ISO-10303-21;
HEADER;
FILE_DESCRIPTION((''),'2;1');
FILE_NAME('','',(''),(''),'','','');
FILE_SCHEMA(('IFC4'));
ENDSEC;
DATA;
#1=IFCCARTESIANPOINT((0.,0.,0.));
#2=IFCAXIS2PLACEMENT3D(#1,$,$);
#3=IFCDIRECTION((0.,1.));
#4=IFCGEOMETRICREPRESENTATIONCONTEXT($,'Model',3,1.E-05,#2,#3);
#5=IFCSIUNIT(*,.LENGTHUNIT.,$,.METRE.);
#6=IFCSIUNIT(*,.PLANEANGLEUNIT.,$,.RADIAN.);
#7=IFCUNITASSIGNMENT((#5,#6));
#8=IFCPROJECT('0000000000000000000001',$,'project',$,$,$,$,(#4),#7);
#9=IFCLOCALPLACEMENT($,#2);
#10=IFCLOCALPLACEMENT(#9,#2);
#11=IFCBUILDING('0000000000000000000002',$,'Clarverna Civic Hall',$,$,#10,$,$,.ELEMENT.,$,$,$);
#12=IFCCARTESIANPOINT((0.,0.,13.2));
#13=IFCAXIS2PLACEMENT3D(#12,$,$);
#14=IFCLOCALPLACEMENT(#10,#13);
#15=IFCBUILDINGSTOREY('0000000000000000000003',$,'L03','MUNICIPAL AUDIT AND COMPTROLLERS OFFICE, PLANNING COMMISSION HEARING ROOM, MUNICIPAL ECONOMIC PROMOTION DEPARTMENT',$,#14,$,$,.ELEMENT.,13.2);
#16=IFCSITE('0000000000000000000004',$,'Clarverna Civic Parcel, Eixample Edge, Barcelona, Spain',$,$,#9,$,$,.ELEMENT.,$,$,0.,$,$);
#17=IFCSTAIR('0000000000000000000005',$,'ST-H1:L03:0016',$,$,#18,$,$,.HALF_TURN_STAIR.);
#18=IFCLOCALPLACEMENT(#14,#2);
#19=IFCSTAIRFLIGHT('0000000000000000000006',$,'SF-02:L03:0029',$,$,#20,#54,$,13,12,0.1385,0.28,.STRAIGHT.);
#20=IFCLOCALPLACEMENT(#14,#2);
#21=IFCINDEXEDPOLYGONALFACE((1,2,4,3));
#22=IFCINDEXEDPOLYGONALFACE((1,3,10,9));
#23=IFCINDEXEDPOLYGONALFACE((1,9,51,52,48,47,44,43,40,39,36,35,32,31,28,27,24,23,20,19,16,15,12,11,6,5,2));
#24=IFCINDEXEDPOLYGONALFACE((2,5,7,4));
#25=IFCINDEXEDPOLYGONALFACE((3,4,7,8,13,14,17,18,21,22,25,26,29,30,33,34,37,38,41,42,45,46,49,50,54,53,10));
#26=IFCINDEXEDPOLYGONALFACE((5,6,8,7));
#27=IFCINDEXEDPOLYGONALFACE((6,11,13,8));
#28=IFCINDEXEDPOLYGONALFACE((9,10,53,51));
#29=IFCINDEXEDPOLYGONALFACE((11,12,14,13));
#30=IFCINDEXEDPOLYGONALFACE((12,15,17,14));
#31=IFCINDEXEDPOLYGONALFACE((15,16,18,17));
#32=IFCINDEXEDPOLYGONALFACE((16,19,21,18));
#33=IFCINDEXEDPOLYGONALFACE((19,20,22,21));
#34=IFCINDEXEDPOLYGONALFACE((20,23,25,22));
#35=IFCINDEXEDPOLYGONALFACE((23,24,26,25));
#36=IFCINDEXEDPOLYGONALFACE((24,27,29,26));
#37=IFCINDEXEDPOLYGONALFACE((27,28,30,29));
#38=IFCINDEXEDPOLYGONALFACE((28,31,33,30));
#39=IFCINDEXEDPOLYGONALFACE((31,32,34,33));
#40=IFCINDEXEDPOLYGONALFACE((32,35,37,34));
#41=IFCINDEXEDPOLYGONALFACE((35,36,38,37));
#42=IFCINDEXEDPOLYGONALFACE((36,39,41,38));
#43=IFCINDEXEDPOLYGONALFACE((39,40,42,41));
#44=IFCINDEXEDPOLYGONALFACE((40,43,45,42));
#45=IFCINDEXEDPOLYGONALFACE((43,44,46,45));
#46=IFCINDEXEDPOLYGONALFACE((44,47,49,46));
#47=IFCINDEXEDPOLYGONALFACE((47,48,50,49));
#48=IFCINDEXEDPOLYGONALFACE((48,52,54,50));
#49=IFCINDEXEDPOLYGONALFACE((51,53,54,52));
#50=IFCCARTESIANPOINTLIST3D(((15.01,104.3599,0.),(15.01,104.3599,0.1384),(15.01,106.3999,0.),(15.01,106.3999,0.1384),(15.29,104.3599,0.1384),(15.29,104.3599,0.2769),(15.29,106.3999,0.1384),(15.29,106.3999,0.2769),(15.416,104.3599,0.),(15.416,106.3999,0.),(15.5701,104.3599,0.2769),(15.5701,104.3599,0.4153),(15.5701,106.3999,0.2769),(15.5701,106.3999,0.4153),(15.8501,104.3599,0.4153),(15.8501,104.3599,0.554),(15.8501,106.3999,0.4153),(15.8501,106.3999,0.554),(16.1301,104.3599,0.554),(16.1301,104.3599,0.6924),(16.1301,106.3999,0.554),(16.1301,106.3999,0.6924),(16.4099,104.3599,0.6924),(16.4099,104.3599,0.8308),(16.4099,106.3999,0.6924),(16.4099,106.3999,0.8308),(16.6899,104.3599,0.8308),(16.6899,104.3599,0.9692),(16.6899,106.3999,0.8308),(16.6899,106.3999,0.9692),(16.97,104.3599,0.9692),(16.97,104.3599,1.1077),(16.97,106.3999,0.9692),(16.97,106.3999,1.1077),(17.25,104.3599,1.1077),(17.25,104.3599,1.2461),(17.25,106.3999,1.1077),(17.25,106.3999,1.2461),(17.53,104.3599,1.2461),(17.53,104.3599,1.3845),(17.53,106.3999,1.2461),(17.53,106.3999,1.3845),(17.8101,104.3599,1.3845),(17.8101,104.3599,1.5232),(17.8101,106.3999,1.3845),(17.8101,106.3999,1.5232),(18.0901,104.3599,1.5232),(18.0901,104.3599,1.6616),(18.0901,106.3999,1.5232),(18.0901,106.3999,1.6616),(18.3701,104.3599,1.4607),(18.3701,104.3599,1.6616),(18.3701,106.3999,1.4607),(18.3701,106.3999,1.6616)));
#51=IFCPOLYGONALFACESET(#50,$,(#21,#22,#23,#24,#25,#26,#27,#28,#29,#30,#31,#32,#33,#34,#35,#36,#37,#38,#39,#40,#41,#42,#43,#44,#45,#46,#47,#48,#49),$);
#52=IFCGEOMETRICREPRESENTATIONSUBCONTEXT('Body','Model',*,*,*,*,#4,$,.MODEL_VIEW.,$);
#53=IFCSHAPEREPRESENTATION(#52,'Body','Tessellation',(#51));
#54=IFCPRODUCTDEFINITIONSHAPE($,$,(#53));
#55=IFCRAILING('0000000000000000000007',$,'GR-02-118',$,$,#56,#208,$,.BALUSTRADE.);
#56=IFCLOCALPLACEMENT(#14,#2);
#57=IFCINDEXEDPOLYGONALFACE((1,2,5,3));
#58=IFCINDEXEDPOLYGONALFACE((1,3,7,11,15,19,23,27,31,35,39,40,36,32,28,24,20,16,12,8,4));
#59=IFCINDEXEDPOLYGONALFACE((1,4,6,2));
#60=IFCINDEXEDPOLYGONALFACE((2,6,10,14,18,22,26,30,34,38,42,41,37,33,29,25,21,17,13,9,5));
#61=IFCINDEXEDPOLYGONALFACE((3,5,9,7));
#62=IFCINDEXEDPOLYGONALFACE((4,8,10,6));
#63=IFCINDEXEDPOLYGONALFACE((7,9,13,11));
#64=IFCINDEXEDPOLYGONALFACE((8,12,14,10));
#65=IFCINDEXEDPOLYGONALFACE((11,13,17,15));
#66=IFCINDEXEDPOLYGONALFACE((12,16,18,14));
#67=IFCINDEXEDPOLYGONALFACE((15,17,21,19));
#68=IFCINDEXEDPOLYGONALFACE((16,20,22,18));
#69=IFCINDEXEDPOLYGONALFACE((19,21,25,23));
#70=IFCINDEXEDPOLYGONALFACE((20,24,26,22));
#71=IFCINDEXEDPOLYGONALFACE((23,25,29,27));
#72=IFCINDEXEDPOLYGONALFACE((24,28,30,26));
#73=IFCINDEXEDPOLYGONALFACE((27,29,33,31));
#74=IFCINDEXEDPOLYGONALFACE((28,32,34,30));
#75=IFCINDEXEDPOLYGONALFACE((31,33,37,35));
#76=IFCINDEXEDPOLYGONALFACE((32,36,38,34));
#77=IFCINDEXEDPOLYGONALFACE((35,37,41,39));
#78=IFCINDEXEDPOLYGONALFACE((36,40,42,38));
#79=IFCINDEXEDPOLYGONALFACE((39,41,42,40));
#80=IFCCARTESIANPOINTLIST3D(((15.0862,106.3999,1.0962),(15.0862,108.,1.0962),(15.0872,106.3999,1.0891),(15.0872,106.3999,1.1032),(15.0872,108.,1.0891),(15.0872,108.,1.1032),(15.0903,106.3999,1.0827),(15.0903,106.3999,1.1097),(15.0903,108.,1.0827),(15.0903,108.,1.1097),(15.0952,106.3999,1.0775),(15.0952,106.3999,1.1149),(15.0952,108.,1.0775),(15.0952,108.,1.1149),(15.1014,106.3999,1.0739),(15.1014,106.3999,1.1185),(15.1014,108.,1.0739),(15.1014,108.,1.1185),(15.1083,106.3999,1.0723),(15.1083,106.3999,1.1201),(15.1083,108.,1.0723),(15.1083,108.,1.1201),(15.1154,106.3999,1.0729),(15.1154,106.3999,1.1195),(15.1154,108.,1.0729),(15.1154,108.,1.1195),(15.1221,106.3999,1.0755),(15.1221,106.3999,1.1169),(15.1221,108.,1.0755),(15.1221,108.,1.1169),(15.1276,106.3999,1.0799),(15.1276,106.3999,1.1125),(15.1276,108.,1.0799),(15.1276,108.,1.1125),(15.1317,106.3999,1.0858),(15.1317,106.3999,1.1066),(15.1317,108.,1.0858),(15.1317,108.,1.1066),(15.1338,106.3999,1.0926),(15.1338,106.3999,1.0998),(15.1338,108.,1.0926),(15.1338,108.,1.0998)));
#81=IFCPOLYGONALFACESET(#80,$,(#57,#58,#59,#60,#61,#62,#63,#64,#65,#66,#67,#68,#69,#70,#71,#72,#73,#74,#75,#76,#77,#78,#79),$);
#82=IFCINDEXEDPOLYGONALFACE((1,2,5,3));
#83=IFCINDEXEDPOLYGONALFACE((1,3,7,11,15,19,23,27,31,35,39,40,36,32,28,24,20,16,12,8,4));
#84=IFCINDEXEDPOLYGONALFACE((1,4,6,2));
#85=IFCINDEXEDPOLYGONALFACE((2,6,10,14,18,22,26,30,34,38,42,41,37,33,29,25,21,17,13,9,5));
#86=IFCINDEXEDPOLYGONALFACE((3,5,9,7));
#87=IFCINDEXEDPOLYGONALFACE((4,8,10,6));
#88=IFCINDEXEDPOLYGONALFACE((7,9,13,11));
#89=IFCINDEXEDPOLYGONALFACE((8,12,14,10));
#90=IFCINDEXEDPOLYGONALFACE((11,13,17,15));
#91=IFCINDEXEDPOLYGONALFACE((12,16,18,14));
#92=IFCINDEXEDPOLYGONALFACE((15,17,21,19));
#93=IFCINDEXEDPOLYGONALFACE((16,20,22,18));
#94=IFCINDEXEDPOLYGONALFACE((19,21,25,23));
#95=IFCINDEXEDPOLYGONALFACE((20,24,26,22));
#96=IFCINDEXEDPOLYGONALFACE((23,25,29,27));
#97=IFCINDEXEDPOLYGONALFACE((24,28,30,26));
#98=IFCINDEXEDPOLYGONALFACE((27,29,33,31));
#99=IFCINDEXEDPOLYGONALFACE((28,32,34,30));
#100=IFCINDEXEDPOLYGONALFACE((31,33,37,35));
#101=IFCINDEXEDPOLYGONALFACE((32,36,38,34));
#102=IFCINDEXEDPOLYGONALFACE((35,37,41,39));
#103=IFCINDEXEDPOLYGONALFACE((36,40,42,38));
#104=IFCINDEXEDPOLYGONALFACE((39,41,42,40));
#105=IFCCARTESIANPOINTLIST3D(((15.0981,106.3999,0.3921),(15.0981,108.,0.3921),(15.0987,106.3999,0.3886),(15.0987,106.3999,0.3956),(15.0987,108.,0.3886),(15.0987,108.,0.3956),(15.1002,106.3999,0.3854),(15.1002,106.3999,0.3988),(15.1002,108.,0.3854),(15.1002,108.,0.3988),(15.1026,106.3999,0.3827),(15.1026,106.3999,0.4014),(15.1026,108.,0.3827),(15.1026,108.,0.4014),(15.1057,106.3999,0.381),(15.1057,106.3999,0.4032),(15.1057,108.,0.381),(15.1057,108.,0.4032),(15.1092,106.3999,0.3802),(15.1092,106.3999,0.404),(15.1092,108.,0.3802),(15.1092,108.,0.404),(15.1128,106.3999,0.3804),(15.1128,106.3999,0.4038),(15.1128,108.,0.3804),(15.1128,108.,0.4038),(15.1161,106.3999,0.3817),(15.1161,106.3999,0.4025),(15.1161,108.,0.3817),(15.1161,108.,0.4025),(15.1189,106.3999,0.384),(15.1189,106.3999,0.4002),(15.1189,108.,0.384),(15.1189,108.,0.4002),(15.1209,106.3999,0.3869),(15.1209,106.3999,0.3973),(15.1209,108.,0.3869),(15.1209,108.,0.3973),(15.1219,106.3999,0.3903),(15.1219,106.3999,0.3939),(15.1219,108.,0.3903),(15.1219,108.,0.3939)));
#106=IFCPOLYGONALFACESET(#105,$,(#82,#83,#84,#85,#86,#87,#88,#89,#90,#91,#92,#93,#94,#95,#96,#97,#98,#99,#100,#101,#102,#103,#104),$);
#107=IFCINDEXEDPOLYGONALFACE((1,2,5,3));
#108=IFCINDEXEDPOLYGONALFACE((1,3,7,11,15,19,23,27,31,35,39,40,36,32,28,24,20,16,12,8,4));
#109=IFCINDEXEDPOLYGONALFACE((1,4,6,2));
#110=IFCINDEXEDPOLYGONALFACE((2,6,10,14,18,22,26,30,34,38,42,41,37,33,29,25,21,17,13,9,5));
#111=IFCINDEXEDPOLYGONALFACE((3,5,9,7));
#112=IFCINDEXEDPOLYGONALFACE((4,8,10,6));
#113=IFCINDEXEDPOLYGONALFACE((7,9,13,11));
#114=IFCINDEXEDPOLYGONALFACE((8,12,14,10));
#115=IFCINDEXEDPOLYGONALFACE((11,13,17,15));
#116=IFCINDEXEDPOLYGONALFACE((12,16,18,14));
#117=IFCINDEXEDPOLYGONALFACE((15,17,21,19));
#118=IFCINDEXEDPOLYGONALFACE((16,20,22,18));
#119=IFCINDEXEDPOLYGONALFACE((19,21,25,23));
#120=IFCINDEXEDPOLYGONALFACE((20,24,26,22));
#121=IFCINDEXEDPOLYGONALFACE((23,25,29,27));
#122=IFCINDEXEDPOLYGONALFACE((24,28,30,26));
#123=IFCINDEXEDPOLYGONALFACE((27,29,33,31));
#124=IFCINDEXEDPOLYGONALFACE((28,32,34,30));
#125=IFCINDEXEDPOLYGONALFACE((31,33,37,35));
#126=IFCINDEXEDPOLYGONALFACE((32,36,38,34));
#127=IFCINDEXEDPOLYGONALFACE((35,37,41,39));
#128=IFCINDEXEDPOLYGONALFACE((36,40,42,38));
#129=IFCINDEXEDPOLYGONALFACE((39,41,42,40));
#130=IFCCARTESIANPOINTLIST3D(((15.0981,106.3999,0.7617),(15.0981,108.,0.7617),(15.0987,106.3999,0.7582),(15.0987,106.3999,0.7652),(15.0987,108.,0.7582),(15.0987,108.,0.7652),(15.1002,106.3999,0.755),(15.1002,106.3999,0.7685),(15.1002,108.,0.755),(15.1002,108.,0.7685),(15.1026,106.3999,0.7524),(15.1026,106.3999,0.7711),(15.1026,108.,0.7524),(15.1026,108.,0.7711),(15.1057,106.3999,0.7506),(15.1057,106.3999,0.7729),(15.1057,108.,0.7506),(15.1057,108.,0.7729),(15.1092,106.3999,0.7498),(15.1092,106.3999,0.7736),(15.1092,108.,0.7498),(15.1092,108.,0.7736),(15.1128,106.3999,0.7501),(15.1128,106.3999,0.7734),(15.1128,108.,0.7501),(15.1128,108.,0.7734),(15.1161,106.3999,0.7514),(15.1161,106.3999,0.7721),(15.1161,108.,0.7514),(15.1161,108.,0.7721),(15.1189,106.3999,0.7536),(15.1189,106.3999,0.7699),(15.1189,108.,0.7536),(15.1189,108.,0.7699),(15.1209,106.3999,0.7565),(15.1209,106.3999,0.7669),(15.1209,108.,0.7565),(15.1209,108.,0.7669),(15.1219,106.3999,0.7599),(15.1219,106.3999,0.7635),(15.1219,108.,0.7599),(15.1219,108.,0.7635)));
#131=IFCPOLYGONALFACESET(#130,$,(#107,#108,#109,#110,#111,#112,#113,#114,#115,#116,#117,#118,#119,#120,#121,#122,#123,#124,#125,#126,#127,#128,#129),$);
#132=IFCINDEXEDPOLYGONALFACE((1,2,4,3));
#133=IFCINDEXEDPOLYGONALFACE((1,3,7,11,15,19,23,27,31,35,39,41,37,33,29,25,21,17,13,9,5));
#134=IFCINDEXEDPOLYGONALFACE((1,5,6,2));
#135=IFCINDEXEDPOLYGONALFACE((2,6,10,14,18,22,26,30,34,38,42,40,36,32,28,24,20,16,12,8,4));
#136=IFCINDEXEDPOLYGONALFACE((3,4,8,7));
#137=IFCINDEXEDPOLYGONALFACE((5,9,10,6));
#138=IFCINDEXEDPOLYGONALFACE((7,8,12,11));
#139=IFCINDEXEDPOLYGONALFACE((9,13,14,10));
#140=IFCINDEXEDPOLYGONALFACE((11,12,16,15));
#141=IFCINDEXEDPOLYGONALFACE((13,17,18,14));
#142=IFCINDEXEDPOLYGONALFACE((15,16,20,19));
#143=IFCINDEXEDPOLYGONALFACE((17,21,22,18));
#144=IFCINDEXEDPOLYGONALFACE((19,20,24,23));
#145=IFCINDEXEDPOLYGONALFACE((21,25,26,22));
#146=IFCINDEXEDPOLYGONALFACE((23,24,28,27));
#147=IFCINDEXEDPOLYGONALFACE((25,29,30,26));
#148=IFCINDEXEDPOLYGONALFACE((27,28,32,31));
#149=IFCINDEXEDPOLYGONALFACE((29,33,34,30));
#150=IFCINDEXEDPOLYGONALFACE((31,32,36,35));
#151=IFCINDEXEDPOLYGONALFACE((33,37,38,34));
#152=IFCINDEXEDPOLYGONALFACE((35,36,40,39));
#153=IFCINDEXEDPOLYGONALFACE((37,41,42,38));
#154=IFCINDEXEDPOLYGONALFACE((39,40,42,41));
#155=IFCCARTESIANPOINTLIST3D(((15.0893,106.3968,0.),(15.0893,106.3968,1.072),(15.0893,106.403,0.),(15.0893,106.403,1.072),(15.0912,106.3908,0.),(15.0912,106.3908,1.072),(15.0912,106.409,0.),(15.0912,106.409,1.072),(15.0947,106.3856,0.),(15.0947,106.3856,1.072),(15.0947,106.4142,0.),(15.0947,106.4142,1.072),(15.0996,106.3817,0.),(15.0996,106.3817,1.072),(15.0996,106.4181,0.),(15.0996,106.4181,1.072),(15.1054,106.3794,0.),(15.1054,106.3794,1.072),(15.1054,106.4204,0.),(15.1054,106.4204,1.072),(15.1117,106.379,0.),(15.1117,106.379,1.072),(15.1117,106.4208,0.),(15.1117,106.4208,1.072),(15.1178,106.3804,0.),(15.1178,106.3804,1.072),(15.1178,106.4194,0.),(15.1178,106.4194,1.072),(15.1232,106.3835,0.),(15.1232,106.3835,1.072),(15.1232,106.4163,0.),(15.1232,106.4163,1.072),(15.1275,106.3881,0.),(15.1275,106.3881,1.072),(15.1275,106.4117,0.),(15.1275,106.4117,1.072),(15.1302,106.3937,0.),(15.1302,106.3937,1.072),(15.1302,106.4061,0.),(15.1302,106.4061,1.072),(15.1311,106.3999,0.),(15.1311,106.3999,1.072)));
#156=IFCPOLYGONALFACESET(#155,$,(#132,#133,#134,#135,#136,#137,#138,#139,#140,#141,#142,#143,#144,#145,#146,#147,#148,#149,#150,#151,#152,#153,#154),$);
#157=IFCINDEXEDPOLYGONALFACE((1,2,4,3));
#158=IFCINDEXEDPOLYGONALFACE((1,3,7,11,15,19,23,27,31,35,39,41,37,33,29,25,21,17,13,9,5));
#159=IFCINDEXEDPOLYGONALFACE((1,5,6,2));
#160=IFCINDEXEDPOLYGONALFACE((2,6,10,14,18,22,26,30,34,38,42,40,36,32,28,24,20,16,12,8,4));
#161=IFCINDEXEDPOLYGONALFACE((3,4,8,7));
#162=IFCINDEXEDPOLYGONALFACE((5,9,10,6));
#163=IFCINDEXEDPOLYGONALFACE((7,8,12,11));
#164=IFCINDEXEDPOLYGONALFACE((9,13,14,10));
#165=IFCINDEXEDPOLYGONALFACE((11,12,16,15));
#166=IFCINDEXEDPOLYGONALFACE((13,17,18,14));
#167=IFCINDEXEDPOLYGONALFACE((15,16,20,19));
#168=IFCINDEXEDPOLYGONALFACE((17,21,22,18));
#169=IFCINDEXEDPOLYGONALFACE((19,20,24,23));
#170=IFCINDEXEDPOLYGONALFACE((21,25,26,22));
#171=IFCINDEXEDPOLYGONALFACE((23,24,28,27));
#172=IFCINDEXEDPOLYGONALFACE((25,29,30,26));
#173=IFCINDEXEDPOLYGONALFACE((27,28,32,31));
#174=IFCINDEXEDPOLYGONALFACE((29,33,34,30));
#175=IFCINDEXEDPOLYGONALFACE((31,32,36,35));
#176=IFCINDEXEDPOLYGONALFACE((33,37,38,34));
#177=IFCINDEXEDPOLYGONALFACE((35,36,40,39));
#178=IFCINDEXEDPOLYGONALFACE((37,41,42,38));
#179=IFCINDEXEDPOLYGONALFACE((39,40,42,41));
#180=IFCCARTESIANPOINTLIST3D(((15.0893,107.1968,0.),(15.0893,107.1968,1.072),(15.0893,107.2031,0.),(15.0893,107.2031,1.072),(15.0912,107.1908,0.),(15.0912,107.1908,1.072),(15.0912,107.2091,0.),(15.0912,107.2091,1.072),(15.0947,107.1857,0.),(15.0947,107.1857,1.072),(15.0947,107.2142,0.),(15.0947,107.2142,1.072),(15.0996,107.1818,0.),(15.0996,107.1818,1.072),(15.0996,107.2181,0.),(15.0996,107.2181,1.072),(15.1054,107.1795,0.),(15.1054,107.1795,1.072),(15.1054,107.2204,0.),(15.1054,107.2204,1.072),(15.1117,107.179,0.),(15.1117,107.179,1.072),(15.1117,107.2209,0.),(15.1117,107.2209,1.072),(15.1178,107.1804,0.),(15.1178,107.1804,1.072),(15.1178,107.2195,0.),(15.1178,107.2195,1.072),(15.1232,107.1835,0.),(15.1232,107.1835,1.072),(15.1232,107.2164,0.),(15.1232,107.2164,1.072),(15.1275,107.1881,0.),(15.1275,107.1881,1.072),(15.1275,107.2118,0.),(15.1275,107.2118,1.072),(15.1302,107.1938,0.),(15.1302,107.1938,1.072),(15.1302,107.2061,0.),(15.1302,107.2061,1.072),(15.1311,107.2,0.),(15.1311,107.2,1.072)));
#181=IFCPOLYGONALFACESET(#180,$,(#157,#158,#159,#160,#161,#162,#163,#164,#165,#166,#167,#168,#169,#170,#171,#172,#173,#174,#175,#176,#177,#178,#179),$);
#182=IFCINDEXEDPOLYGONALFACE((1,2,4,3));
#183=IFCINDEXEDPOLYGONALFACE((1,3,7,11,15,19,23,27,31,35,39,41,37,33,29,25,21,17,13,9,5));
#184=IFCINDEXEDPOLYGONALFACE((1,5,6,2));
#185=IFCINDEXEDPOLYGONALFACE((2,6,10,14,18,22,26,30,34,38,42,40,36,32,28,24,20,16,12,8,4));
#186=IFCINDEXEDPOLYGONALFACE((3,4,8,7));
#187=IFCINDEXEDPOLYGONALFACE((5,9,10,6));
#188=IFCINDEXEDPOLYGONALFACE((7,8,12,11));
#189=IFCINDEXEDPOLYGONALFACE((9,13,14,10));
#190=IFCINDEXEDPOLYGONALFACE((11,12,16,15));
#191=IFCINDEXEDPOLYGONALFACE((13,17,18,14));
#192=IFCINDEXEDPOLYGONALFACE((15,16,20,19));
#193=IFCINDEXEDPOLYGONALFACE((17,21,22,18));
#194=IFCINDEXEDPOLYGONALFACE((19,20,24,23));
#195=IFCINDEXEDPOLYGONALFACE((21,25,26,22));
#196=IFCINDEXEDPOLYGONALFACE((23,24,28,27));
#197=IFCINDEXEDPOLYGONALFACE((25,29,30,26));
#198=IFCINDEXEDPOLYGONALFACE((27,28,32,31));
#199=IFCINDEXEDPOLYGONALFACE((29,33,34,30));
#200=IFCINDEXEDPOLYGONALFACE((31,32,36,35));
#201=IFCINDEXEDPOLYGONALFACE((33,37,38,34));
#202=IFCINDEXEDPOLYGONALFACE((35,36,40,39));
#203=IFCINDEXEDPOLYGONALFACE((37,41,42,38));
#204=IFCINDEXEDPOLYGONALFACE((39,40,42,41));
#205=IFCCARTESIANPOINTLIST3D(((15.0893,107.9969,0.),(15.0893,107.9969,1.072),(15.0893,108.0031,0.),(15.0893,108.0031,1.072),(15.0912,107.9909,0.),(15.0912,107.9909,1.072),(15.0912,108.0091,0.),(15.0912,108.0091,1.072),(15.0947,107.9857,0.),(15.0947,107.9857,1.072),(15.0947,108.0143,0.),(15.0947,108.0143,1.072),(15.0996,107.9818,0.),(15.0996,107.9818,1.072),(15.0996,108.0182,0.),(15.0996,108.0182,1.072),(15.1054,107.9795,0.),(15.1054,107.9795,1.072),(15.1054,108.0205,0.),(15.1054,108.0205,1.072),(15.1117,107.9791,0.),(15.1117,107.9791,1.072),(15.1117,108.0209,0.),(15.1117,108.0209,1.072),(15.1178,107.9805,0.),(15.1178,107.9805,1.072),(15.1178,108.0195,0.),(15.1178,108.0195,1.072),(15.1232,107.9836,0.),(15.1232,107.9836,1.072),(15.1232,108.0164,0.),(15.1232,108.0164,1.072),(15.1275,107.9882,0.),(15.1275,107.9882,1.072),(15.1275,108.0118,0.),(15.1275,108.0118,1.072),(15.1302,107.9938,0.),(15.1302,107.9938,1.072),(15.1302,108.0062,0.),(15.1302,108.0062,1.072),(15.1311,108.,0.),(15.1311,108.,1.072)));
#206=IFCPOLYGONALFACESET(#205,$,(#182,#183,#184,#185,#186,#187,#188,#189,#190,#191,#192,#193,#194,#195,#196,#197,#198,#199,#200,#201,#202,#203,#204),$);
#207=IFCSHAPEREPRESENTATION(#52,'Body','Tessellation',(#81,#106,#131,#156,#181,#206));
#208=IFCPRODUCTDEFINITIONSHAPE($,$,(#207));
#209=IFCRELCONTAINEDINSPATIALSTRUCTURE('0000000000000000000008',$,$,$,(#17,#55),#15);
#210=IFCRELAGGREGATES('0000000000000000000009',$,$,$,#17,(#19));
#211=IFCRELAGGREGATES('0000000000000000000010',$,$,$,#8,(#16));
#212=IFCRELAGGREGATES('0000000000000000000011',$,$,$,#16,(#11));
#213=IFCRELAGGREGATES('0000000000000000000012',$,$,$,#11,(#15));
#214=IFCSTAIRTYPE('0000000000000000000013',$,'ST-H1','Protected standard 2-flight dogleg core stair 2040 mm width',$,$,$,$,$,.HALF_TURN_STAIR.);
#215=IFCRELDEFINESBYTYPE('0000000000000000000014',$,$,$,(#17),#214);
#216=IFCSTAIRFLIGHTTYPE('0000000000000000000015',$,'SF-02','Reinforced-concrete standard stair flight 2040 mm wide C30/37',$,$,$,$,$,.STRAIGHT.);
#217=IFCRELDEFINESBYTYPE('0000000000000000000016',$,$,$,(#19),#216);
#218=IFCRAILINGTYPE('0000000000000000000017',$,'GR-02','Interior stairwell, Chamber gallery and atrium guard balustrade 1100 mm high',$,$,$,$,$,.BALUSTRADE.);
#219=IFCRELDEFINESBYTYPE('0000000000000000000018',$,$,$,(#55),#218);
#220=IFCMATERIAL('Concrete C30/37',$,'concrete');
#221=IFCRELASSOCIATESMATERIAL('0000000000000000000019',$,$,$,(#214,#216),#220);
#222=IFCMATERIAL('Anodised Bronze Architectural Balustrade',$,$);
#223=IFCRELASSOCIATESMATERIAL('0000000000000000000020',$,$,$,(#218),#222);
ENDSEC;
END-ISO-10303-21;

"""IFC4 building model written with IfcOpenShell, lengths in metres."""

from ifc_helpers import new_model, si_unit, direction, frame, origin, origin_2d, place, context, subcontext, project, spatial, polyline, circle, outline, extrude, material, type_object, element, aggregate, save


model = new_model("IFC4")

# Units and contexts
model_context = context("Model", 3, precision=1e-05, world=origin(), true_north=direction((0.0, 1.0)))
body_context = subcontext(model_context, "Body", "Model", "MODEL_VIEW")
ifc_project = project(units=[si_unit("LENGTHUNIT", "METRE"), si_unit("PLANEANGLEUNIT", "RADIAN")], contexts=[model_context])

# Site, building, storey
site_placement = place(None, origin())
site = spatial("IfcSite", under=ifc_project, at=site_placement, Name="Clarverna Civic Parcel, Eixample Edge, Barcelona, Spain", CompositionType="ELEMENT", RefElevation=0.0)
building_placement = place(site_placement, origin())
building = spatial("IfcBuilding", under=site, at=building_placement, Name="Clarverna Civic Hall", CompositionType="ELEMENT")
storey_placement = place(building_placement, frame((0.0, 0.0, 13.2)))
storey = spatial("IfcBuildingStorey", under=building, at=storey_placement, Name="L03", Description="MUNICIPAL AUDIT AND COMPTROLLERS OFFICE, PLANNING COMMISSION HEARING ROOM, MUNICIPAL ECONOMIC PROMOTION DEPARTMENT", CompositionType="ELEMENT", Elevation=13.2)

# Stair, stair flight
ifc_material_1 = material(Name="Concrete C30/37", Category="concrete")
stair_type = type_object("IfcStairType", Name="ST-H1", Description="Protected standard 2-flight dogleg core stair 2040 mm width", PredefinedType="HALF_TURN_STAIR", material=ifc_material_1)
stair_placement = place(storey_placement, origin())
stair = element("IfcStair", 1, at=stair_placement, inside=storey, type_object=stair_type, Name="ST-H1:L03:0016", PredefinedType="HALF_TURN_STAIR")
stair_flight_type = type_object("IfcStairFlightType", Name="SF-02", Description="Reinforced-concrete standard stair flight 2040 mm wide C30/37", PredefinedType="STRAIGHT", material=ifc_material_1)
stair_flight_placement = place(storey_placement, frame((15.01, 105.3799, 0.0), z_axis=(0.0, 0.0, 1.0), x_axis=(1.0, 0.0, 0.0)))
stair_flight = element("IfcStairFlight", 2, at=stair_flight_placement, type_object=stair_flight_type, Name="SF-02:L03:0029", NumberOfRisers=13, NumberOfTreads=12, PredefinedType="STRAIGHT", RiserHeight=0.1385, TreadLength=0.28, context=body_context, shape_type="SweptSolid", body=[
    extrude(outline(polyline([(0.0, 0.0), (0.0, 0.1384), (0.28, 0.1384), (0.28, 0.2769), (0.5601, 0.2769), (0.5601, 0.4153), (0.8401, 0.4153), (0.8401, 0.554), (1.1201, 0.554), (1.1201, 0.6924), (1.3999, 0.6924), (1.3999, 0.8308), (1.6799, 0.8308), (1.6799, 0.9692), (1.96, 0.9692), (1.96, 1.1077), (2.24, 1.1077), (2.24, 1.2461), (2.52, 1.2461), (2.52, 1.3845), (2.8, 1.3845), (2.8, 1.5232), (3.0801, 1.5232), (3.0801, 1.6616), (3.3601, 1.6616), (3.3601, 1.8), (3.3601, 1.4607), (0.406, 0.0), (0.0, 0.0)])), frame((0.0, 1.02, 0.0), z_axis=(0.0, -1.0, 0.0), x_axis=(1.0, 0.0, 0.0)), (0.0, 0.0, 1.0), 2.04),
])
aggregate(stair, [stair_flight])

# Railing
ifc_material_2 = material(Name="Anodised Bronze Architectural Balustrade")
railing_type_1 = type_object("IfcRailingType", Name="GR-02", Description="Interior stairwell, Chamber gallery and atrium guard balustrade 1100 mm high", PredefinedType="BALUSTRADE", material=ifc_material_2)
railing_1_placement = place(storey_placement, frame((15.1101, 106.3999, 0.0)))
element("IfcRailing", 3, at=railing_1_placement, inside=storey, type_object=railing_type_1, Name="GR-02-118", PredefinedType="BALUSTRADE", context=body_context, shape_type="SweptSolid", body=[
    extrude(circle(Radius=0.0239, at=origin_2d()), frame((0.0, 0.0, 1.0962), z_axis=(0.0, 1.0, 0.0), x_axis=(-1.0, 0.0, 0.0)), (0.0, 0.0, 1.0), 1.6001),
    extrude(circle(Radius=0.012, at=origin_2d()), frame((0.0, 0.0, 0.3921), z_axis=(0.0, 1.0, 0.0), x_axis=(-1.0, 0.0, 0.0)), (0.0, 0.0, 1.0), 1.6001),
    extrude(circle(Radius=0.012, at=origin_2d()), frame((0.0, 0.0, 0.7617), z_axis=(0.0, 1.0, 0.0), x_axis=(-1.0, 0.0, 0.0)), (0.0, 0.0, 1.0), 1.6001),
    extrude(circle(Radius=0.021, at=origin_2d()), origin(), (0.0, 0.0, 1.0), 1.072),
    extrude(circle(Radius=0.021, at=origin_2d()), frame((0.0, 0.8, 0.0)), (0.0, 0.0, 1.0), 1.072),
    extrude(circle(Radius=0.021, at=origin_2d()), frame((0.0, 1.6001, 0.0)), (0.0, 0.0, 1.0), 1.072),
])

save(model, "model.ifc")
